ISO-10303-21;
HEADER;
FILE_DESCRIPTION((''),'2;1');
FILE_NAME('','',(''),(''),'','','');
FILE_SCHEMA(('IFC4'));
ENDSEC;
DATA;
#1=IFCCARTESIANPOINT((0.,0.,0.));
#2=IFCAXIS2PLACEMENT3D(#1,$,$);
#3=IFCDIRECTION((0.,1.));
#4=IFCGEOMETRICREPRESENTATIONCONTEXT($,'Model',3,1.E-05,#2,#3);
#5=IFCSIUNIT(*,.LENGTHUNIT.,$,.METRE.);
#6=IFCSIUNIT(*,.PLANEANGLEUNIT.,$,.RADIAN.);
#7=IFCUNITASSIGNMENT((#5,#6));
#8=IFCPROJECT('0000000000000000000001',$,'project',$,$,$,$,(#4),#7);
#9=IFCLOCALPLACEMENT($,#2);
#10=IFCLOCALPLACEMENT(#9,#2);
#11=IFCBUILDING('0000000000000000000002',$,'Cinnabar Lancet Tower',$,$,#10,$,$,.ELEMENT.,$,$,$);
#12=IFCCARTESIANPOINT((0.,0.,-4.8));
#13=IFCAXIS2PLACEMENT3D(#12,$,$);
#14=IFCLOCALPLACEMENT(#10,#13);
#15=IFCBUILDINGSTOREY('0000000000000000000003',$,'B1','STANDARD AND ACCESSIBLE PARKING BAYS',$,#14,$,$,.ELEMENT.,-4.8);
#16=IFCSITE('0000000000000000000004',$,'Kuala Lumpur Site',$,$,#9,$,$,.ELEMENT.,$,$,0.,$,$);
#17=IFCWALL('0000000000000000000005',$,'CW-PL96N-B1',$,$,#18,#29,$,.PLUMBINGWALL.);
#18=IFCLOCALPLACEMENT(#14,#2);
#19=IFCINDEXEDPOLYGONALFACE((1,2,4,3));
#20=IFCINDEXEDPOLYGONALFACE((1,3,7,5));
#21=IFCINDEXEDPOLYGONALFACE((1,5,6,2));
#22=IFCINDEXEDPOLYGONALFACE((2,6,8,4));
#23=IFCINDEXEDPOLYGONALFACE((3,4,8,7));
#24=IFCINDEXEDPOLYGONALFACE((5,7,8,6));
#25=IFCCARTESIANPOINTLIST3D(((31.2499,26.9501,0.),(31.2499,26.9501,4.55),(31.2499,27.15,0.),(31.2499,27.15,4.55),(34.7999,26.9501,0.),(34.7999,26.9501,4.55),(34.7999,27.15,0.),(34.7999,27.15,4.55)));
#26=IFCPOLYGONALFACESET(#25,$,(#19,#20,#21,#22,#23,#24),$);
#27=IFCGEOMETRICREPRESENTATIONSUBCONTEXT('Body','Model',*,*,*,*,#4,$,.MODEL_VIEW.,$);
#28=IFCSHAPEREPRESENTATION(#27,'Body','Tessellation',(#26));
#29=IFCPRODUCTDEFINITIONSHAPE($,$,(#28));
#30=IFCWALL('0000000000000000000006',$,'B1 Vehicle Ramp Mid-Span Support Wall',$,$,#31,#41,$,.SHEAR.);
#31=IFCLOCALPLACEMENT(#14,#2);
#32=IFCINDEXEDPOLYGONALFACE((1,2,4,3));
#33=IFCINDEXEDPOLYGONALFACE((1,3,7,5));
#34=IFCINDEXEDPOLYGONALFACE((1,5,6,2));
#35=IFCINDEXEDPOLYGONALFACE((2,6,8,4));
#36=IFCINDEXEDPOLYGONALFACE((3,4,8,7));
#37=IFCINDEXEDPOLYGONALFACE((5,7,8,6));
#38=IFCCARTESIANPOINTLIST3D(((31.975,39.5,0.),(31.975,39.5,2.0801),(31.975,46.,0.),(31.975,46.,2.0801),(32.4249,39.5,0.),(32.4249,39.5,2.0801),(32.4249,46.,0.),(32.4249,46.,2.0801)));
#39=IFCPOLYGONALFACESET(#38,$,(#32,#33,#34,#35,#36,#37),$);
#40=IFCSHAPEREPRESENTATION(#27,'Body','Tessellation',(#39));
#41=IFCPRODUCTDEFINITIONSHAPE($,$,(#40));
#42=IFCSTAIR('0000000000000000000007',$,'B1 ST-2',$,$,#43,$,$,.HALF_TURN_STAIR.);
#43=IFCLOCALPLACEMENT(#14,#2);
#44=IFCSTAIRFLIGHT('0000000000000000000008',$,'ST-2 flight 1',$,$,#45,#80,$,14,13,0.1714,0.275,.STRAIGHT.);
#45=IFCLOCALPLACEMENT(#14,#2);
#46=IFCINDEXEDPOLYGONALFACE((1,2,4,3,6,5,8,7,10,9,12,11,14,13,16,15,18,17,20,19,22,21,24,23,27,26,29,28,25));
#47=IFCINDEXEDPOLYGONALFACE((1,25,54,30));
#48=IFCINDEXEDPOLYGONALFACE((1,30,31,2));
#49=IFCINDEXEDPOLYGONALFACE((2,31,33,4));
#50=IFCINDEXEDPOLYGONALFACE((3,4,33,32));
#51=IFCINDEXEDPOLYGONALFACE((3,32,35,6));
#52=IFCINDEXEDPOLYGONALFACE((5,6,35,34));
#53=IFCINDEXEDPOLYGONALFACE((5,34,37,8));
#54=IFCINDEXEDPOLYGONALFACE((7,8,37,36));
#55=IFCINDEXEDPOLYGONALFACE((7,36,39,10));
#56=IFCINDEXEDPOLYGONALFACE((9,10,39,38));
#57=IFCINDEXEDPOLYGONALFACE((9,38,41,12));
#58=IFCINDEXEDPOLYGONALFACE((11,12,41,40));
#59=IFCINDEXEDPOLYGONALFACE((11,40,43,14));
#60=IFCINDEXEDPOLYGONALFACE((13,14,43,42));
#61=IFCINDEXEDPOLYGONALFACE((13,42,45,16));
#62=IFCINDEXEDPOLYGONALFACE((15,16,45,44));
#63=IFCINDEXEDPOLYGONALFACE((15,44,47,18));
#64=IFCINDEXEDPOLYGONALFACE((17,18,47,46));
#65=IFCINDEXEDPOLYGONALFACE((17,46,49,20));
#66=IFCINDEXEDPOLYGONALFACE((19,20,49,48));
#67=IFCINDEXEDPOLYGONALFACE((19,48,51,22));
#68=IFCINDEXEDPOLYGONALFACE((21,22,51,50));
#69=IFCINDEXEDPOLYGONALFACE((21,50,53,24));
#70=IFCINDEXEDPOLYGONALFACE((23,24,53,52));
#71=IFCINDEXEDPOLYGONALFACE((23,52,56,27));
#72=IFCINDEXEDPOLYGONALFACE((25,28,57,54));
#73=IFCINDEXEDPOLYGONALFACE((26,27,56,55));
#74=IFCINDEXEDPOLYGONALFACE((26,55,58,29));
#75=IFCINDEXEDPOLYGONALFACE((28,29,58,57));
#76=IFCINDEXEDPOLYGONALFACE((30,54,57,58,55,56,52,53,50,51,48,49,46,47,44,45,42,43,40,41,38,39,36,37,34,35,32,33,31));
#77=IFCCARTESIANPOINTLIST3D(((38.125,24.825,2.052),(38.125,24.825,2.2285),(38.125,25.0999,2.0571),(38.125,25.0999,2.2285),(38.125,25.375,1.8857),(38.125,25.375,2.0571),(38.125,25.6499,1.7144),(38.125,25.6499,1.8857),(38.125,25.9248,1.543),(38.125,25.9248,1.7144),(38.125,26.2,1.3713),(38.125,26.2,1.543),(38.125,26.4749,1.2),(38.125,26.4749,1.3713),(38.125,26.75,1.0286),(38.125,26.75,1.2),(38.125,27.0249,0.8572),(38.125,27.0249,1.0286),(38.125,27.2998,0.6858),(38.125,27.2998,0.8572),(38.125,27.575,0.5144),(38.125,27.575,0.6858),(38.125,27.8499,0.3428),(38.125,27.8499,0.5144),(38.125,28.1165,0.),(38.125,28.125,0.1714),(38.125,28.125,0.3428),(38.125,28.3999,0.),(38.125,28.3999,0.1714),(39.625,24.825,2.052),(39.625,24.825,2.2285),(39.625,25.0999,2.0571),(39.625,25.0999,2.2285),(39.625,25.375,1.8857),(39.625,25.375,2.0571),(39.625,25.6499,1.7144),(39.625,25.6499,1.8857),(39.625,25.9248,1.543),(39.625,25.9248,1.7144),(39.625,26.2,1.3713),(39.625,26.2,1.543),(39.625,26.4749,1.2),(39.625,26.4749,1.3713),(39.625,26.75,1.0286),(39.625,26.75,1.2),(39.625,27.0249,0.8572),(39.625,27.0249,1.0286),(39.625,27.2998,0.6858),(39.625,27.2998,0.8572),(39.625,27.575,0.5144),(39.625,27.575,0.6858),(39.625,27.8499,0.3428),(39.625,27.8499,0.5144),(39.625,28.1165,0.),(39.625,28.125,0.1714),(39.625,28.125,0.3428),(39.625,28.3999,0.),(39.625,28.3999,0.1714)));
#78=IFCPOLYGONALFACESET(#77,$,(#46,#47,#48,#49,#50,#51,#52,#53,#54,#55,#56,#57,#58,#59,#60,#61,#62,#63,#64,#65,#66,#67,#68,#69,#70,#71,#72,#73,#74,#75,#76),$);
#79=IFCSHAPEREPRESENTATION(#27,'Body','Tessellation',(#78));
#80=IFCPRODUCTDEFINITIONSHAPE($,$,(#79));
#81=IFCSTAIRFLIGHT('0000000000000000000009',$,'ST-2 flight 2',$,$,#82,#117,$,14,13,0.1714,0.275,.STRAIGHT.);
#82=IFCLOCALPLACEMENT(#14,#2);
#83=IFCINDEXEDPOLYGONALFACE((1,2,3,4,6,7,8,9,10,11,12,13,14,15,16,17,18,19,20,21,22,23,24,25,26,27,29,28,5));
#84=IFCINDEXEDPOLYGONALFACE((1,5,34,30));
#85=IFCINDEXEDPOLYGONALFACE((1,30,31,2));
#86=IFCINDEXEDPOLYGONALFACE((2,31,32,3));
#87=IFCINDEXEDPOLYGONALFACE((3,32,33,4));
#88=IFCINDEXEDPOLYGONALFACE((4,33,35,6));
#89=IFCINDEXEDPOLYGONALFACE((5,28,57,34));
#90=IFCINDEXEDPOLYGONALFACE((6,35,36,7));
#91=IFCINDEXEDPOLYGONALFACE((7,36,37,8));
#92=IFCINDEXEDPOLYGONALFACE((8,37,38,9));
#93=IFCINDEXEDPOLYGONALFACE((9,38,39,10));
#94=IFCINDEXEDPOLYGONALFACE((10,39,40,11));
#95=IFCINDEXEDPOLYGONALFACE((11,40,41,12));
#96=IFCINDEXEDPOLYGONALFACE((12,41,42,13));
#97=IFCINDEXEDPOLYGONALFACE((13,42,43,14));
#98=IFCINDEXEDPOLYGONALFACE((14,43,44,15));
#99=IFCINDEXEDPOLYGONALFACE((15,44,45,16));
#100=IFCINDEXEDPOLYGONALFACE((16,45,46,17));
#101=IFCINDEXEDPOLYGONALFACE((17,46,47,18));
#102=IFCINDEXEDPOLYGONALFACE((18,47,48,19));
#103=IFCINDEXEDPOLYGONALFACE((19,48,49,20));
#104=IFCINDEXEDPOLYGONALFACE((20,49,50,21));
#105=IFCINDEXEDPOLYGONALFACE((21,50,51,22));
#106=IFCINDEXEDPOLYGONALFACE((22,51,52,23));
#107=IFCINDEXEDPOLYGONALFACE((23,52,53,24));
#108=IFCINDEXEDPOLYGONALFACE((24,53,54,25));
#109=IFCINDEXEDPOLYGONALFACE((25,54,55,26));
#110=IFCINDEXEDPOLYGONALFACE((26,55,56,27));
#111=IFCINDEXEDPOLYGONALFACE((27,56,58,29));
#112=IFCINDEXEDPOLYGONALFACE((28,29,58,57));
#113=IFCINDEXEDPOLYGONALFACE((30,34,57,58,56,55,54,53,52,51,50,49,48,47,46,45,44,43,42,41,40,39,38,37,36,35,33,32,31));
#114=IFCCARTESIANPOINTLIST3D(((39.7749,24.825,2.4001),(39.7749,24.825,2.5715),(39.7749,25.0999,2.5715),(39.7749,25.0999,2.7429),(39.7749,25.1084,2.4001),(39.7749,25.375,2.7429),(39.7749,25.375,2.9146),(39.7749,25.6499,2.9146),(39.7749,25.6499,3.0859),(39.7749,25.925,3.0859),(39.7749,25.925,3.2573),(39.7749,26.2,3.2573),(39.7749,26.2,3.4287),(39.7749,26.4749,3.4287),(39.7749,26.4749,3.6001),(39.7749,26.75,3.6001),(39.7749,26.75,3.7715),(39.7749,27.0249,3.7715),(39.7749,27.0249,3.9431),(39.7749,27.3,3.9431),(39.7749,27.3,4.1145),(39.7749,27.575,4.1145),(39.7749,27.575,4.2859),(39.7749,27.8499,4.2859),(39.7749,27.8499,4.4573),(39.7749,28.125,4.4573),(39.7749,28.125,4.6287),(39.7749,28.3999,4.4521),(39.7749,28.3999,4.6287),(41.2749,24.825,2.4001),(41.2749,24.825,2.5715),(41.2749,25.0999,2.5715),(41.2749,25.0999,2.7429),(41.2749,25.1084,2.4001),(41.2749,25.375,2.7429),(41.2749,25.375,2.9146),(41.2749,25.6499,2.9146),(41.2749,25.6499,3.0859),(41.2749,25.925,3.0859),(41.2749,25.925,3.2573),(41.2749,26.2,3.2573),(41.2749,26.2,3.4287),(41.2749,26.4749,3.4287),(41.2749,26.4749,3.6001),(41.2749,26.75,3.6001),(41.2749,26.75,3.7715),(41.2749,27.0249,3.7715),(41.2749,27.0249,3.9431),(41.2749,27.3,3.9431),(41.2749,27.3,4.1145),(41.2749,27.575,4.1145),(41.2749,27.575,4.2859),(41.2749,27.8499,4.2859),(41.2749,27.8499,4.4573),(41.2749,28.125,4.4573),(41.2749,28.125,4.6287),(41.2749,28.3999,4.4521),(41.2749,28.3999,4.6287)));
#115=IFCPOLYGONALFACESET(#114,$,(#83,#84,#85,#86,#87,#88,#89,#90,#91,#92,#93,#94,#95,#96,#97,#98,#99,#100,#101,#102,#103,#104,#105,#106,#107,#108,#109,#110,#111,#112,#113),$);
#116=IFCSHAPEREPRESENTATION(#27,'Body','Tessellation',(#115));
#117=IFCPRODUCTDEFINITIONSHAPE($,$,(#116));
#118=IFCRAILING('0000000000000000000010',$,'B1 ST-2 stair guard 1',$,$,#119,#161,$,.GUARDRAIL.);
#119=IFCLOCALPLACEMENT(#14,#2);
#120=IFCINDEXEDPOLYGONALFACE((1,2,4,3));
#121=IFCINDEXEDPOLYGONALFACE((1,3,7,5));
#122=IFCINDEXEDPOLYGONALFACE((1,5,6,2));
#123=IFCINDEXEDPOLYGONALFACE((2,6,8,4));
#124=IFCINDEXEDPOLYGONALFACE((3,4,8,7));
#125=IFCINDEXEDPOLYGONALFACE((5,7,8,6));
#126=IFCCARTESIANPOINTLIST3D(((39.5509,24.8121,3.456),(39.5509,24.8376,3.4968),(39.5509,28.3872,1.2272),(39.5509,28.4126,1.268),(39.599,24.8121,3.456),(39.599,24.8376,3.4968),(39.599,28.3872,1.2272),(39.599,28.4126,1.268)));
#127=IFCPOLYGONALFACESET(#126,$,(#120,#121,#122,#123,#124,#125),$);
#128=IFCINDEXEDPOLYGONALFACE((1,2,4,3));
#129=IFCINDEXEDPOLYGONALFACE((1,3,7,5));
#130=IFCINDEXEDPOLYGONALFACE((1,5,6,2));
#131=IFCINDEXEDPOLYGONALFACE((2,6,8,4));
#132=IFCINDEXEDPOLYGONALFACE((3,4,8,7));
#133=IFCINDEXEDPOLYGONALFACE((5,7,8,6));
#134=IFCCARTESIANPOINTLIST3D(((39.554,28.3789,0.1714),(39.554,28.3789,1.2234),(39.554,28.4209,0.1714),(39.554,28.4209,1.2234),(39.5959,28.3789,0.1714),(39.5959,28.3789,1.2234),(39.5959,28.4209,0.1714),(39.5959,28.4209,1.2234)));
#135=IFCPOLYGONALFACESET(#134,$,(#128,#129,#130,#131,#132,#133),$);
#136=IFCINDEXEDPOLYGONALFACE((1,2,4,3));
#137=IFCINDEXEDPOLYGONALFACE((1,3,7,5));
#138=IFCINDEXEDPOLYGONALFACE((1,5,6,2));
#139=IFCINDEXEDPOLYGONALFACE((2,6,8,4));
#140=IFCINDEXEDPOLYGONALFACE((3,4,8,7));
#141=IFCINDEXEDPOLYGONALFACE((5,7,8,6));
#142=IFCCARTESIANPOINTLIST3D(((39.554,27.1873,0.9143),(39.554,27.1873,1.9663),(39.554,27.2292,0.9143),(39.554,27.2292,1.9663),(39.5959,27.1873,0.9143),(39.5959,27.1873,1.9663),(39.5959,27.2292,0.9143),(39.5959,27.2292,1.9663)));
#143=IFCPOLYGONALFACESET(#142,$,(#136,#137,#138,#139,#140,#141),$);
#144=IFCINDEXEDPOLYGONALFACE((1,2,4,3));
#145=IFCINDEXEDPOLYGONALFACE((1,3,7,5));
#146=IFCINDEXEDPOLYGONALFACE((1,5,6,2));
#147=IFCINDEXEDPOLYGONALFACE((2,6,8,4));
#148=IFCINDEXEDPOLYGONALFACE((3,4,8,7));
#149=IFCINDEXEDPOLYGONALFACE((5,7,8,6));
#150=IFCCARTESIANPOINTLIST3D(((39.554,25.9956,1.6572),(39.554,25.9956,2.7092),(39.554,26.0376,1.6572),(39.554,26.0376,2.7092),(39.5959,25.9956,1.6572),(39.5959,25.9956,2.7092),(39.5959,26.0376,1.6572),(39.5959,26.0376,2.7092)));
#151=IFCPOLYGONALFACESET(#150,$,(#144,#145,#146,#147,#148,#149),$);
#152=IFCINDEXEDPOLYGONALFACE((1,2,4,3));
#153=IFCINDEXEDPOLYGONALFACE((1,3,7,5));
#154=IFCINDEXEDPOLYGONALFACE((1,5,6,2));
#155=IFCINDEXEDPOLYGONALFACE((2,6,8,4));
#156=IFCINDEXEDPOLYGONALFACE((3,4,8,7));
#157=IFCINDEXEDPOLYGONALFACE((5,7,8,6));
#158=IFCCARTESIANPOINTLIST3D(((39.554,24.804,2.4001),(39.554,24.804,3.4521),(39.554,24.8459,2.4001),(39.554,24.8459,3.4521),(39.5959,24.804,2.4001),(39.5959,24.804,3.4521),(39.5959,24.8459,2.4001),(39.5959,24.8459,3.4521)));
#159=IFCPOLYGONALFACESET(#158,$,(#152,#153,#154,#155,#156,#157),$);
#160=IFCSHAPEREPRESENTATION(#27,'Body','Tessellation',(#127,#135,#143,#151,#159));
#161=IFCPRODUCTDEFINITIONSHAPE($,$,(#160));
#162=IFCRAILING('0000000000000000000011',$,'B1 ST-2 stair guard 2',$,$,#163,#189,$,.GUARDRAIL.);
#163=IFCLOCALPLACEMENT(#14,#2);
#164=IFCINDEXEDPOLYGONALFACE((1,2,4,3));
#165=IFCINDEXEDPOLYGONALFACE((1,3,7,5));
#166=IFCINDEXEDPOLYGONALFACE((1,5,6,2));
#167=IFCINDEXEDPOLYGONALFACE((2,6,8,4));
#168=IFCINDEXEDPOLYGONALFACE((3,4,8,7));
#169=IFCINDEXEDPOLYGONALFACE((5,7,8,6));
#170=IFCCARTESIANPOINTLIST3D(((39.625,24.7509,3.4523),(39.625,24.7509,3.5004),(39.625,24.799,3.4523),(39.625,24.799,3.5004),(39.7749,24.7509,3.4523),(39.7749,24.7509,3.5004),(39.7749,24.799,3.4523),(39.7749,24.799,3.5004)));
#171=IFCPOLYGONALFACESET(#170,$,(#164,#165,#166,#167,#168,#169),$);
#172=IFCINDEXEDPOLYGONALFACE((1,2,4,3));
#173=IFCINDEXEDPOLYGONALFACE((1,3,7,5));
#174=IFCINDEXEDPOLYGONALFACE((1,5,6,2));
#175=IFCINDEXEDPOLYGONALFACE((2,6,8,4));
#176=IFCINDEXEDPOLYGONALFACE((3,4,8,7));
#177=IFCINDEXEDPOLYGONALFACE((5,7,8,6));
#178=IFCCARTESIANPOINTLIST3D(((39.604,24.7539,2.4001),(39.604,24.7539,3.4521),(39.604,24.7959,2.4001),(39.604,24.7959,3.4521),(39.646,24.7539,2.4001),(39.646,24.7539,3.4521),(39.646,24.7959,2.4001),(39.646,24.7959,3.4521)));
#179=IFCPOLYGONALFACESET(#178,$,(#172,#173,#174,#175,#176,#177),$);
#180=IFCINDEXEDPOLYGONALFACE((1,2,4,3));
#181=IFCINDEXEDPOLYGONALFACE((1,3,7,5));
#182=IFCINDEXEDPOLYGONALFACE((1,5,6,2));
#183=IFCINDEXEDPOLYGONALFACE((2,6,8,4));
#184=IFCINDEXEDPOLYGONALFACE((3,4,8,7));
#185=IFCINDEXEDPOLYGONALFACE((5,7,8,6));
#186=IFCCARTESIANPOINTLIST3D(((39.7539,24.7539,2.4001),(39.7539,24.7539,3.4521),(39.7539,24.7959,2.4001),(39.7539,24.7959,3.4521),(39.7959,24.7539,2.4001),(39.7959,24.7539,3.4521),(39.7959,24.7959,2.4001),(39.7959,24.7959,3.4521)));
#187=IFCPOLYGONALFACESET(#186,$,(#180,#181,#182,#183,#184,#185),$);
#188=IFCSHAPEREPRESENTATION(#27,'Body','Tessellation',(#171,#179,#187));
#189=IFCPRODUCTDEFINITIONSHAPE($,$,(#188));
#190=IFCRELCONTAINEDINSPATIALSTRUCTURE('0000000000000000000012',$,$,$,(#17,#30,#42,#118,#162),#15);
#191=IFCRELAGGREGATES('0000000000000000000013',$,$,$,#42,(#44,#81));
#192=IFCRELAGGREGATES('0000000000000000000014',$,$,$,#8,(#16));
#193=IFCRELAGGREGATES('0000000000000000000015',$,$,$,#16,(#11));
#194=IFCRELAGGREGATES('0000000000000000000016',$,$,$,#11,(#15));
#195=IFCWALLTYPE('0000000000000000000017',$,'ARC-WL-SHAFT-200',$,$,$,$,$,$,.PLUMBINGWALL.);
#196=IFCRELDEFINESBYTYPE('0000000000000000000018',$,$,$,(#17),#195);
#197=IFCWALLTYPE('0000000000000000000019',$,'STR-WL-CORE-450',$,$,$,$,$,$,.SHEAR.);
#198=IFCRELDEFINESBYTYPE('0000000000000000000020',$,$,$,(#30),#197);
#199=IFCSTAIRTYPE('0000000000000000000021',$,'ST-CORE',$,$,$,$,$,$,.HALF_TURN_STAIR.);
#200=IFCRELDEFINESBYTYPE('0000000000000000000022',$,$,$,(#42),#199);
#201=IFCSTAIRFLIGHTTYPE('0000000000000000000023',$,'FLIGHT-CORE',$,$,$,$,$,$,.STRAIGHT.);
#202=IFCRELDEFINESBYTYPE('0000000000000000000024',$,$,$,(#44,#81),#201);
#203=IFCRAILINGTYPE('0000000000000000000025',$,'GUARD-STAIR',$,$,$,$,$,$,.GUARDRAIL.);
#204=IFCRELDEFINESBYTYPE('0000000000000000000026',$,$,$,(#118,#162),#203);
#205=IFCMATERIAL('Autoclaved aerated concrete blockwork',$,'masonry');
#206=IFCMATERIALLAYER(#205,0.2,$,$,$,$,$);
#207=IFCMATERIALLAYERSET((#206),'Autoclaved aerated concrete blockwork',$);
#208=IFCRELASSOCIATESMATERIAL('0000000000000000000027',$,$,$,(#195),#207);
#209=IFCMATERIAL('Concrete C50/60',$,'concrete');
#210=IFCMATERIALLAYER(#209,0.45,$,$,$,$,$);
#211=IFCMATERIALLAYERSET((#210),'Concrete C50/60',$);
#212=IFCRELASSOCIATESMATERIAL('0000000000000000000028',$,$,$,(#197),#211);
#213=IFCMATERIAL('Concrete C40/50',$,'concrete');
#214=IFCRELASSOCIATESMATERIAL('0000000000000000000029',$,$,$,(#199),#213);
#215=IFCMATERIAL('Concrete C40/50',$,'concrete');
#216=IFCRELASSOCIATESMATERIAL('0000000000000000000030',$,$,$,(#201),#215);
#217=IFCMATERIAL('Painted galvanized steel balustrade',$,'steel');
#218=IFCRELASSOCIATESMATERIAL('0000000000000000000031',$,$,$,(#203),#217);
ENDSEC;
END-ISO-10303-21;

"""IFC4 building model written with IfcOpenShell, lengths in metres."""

from ifc_helpers import new_model, si_unit, direction, frame, frame_2d, origin, origin_2d, place, context, subcontext, project, spatial, polyline, rectangle, outline, extrude, material, layer, layer_set, type_object, element, aggregate, save


model = new_model("IFC4")

# Units and contexts
model_context = context("Model", 3, precision=1e-05, world=origin(), true_north=direction((0.0, 1.0)))
body_context = subcontext(model_context, "Body", "Model", "MODEL_VIEW")
ifc_project = project(units=[si_unit("LENGTHUNIT", "METRE"), si_unit("PLANEANGLEUNIT", "RADIAN")], contexts=[model_context])

# Site, building, storey
site_placement = place(None, origin())
site = spatial("IfcSite", under=ifc_project, at=site_placement, Name="Kuala Lumpur Site", CompositionType="ELEMENT", RefElevation=0.0)
building_placement = place(site_placement, origin())
building = spatial("IfcBuilding", under=site, at=building_placement, Name="Cinnabar Lancet Tower", CompositionType="ELEMENT")
storey_placement = place(building_placement, frame((0.0, 0.0, -4.8)))
storey = spatial("IfcBuildingStorey", under=building, at=storey_placement, Name="B1", Description="STANDARD AND ACCESSIBLE PARKING BAYS", CompositionType="ELEMENT", Elevation=-4.8)

# Shared definitions
ifc_material_1 = material(Name="Autoclaved aerated concrete blockwork", Category="masonry")
ifc_layer_1 = layer(ifc_material_1, 0.2)
ifc_layer_set_1 = layer_set([ifc_layer_1], Name="Autoclaved aerated concrete blockwork")
wall_type_1 = type_object("IfcWallType", Name="ARC-WL-SHAFT-200", PredefinedType="PLUMBINGWALL", material=ifc_layer_set_1)

# Walls
wall_1_placement = place(storey_placement, frame((31.25, 27.05, 0.0), z_axis=(0.0, 0.0, 1.0), x_axis=(1.0, 0.0, 0.0)))
element("IfcWall", 1, at=wall_1_placement, inside=storey, type_object=wall_type_1, Name="CW-PL96N-B1", PredefinedType="PLUMBINGWALL", context=body_context, shape_type="SweptSolid", body=[
    extrude(rectangle(XDim=3.55, YDim=0.2, at=frame_2d((1.7749, 0.0))), origin(), (0.0, 0.0, 1.0), 4.55),
])
ifc_material_2 = material(Name="Concrete C50/60", Category="concrete")
ifc_layer_2 = layer(ifc_material_2, 0.45)
ifc_layer_set_2 = layer_set([ifc_layer_2], Name="Concrete C50/60")
wall_type_2 = type_object("IfcWallType", Name="STR-WL-CORE-450", PredefinedType="SHEAR", material=ifc_layer_set_2)
wall_2_placement = place(storey_placement, frame((32.2, 39.5, 0.0), z_axis=(0.0, 0.0, 1.0), x_axis=(0.0, 1.0, 0.0)))
element("IfcWall", 2, at=wall_2_placement, inside=storey, type_object=wall_type_2, Name="B1 Vehicle Ramp Mid-Span Support Wall", PredefinedType="SHEAR", context=body_context, shape_type="SweptSolid", body=[
    extrude(rectangle(XDim=6.5, YDim=0.45, at=frame_2d((3.25, 0.0))), origin(), (0.0, 0.0, 1.0), 2.0801),
])

# Stair, stair flights
ifc_material_3 = material(Name="Concrete C40/50", Category="concrete")
stair_type = type_object("IfcStairType", Name="ST-CORE", PredefinedType="HALF_TURN_STAIR", material=ifc_material_3)
stair_placement = place(storey_placement, origin())
stair = element("IfcStair", 3, at=stair_placement, inside=storey, type_object=stair_type, Name="B1 ST-2", PredefinedType="HALF_TURN_STAIR")
ifc_material_4 = material(Name="Concrete C40/50", Category="concrete")
stair_flight_type = type_object("IfcStairFlightType", Name="FLIGHT-CORE", PredefinedType="STRAIGHT", material=ifc_material_4)
stair_flight_1_placement = place(storey_placement, frame((38.875, 28.3999, 0.0), z_axis=(0.0, 0.0, 1.0), x_axis=(0.0, -1.0, 0.0)))
stair_flight_1 = element("IfcStairFlight", 4, at=stair_flight_1_placement, type_object=stair_flight_type, Name="ST-2 flight 1", NumberOfRisers=14, NumberOfTreads=13, PredefinedType="STRAIGHT", RiserHeight=0.1714, TreadLength=0.275, context=body_context, shape_type="SweptSolid", body=[
    extrude(outline(polyline([(0.0, 0.0), (0.0, 0.1714), (0.2749, 0.1714), (0.2749, 0.3428), (0.55, 0.3428), (0.55, 0.5144), (0.825, 0.5144), (0.825, 0.6858), (1.1001, 0.6858), (1.1001, 0.8572), (1.375, 0.8572), (1.375, 1.0286), (1.6499, 1.0286), (1.6499, 1.2), (1.925, 1.2), (1.925, 1.3713), (2.2, 1.3713), (2.2, 1.543), (2.4751, 1.543), (2.4751, 1.7144), (2.75, 1.7144), (2.75, 1.8857), (3.0249, 1.8857), (3.0249, 2.0571), (3.3, 2.0571), (3.3, 2.2285), (3.575, 2.2285), (3.575, 2.3999), (3.575, 2.052), (0.2834, 0.0), (0.0, 0.0)])), frame((0.0, 0.75, 0.0), z_axis=(0.0, -1.0, 0.0), x_axis=(1.0, 0.0, 0.0)), (0.0, 0.0, 1.0), 1.5),
])
stair_flight_2_placement = place(storey_placement, frame((40.5249, 24.825, 2.4001), z_axis=(0.0, 0.0, 1.0), x_axis=(0.0, 1.0, 0.0)))
stair_flight_2 = element("IfcStairFlight", 5, at=stair_flight_2_placement, type_object=stair_flight_type, Name="ST-2 flight 2", NumberOfRisers=14, NumberOfTreads=13, PredefinedType="STRAIGHT", RiserHeight=0.1714, TreadLength=0.275, context=body_context, shape_type="SweptSolid", body=[
    extrude(outline(polyline([(0.0, 0.0), (0.0, 0.1714), (0.2749, 0.1714), (0.2749, 0.3428), (0.55, 0.3428), (0.55, 0.5144), (0.825, 0.5144), (0.825, 0.6858), (1.1001, 0.6858), (1.1001, 0.8572), (1.375, 0.8572), (1.375, 1.0286), (1.6499, 1.0286), (1.6499, 1.2), (1.925, 1.2), (1.925, 1.3713), (2.2, 1.3713), (2.2, 1.543), (2.4751, 1.543), (2.4751, 1.7144), (2.75, 1.7144), (2.75, 1.8857), (3.0249, 1.8857), (3.0249, 2.0571), (3.3, 2.0571), (3.3, 2.2285), (3.575, 2.2285), (3.575, 2.3999), (3.575, 2.052), (0.2834, 0.0), (0.0, 0.0)])), frame((0.0, 0.75, 0.0), z_axis=(0.0, -1.0, 0.0), x_axis=(1.0, 0.0, 0.0)), (0.0, 0.0, 1.0), 1.5),
])
aggregate(stair, [stair_flight_1, stair_flight_2])

# Railings
ifc_material_5 = material(Name="Painted galvanized steel balustrade", Category="steel")
railing_type_1 = type_object("IfcRailingType", Name="GUARD-STAIR", PredefinedType="GUARDRAIL", material=ifc_material_5)
railing_1_placement = place(storey_placement, frame((39.575, 28.3999, 0.1714)))
element("IfcRailing", 6, at=railing_1_placement, inside=storey, type_object=railing_type_1, Name="B1 ST-2 stair guard 1", PredefinedType="GUARDRAIL", context=body_context, shape_type="SweptSolid", body=[
    extrude(rectangle(XDim=0.0481, YDim=0.0481, at=origin_2d()), frame((0.0, 0.0, 1.0762), z_axis=(0.0, -0.848594, 0.529045), x_axis=(1.0, 0.0, 0.0)), (0.0, 0.0, 1.0), 4.2129),
    extrude(rectangle(XDim=0.042, YDim=0.042, at=origin_2d()), origin(), (0.0, 0.0, 1.0), 1.052),
    extrude(rectangle(XDim=0.042, YDim=0.042, at=origin_2d()), frame((0.0, -1.1917, 0.7429)), (0.0, 0.0, 1.0), 1.052),
    extrude(rectangle(XDim=0.042, YDim=0.042, at=origin_2d()), frame((0.0, -2.3833, 1.4858)), (0.0, 0.0, 1.0), 1.052),
    extrude(rectangle(XDim=0.042, YDim=0.042, at=origin_2d()), frame((0.0, -3.575, 2.2288)), (0.0, 0.0, 1.0), 1.052),
])
railing_2_placement = place(storey_placement, frame((39.625, 24.7749, 2.4001)))
element("IfcRailing", 7, at=railing_2_placement, inside=storey, type_object=railing_type_1, Name="B1 ST-2 stair guard 2", PredefinedType="GUARDRAIL", context=body_context, shape_type="SweptSolid", body=[
    extrude(rectangle(XDim=0.0481, YDim=0.0481, at=origin_2d()), frame((0.0, 0.0, 1.0762), z_axis=(1.0, 0.0, 0.0), x_axis=(0.0, 1.0, 0.0)), (0.0, 0.0, 1.0), 0.1499),
    extrude(rectangle(XDim=0.042, YDim=0.042, at=origin_2d()), origin(), (0.0, 0.0, 1.0), 1.052),
    extrude(rectangle(XDim=0.042, YDim=0.042, at=origin_2d()), frame((0.1499, 0.0, 0.0)), (0.0, 0.0, 1.0), 1.052),
])

save(model, "model.ifc")
